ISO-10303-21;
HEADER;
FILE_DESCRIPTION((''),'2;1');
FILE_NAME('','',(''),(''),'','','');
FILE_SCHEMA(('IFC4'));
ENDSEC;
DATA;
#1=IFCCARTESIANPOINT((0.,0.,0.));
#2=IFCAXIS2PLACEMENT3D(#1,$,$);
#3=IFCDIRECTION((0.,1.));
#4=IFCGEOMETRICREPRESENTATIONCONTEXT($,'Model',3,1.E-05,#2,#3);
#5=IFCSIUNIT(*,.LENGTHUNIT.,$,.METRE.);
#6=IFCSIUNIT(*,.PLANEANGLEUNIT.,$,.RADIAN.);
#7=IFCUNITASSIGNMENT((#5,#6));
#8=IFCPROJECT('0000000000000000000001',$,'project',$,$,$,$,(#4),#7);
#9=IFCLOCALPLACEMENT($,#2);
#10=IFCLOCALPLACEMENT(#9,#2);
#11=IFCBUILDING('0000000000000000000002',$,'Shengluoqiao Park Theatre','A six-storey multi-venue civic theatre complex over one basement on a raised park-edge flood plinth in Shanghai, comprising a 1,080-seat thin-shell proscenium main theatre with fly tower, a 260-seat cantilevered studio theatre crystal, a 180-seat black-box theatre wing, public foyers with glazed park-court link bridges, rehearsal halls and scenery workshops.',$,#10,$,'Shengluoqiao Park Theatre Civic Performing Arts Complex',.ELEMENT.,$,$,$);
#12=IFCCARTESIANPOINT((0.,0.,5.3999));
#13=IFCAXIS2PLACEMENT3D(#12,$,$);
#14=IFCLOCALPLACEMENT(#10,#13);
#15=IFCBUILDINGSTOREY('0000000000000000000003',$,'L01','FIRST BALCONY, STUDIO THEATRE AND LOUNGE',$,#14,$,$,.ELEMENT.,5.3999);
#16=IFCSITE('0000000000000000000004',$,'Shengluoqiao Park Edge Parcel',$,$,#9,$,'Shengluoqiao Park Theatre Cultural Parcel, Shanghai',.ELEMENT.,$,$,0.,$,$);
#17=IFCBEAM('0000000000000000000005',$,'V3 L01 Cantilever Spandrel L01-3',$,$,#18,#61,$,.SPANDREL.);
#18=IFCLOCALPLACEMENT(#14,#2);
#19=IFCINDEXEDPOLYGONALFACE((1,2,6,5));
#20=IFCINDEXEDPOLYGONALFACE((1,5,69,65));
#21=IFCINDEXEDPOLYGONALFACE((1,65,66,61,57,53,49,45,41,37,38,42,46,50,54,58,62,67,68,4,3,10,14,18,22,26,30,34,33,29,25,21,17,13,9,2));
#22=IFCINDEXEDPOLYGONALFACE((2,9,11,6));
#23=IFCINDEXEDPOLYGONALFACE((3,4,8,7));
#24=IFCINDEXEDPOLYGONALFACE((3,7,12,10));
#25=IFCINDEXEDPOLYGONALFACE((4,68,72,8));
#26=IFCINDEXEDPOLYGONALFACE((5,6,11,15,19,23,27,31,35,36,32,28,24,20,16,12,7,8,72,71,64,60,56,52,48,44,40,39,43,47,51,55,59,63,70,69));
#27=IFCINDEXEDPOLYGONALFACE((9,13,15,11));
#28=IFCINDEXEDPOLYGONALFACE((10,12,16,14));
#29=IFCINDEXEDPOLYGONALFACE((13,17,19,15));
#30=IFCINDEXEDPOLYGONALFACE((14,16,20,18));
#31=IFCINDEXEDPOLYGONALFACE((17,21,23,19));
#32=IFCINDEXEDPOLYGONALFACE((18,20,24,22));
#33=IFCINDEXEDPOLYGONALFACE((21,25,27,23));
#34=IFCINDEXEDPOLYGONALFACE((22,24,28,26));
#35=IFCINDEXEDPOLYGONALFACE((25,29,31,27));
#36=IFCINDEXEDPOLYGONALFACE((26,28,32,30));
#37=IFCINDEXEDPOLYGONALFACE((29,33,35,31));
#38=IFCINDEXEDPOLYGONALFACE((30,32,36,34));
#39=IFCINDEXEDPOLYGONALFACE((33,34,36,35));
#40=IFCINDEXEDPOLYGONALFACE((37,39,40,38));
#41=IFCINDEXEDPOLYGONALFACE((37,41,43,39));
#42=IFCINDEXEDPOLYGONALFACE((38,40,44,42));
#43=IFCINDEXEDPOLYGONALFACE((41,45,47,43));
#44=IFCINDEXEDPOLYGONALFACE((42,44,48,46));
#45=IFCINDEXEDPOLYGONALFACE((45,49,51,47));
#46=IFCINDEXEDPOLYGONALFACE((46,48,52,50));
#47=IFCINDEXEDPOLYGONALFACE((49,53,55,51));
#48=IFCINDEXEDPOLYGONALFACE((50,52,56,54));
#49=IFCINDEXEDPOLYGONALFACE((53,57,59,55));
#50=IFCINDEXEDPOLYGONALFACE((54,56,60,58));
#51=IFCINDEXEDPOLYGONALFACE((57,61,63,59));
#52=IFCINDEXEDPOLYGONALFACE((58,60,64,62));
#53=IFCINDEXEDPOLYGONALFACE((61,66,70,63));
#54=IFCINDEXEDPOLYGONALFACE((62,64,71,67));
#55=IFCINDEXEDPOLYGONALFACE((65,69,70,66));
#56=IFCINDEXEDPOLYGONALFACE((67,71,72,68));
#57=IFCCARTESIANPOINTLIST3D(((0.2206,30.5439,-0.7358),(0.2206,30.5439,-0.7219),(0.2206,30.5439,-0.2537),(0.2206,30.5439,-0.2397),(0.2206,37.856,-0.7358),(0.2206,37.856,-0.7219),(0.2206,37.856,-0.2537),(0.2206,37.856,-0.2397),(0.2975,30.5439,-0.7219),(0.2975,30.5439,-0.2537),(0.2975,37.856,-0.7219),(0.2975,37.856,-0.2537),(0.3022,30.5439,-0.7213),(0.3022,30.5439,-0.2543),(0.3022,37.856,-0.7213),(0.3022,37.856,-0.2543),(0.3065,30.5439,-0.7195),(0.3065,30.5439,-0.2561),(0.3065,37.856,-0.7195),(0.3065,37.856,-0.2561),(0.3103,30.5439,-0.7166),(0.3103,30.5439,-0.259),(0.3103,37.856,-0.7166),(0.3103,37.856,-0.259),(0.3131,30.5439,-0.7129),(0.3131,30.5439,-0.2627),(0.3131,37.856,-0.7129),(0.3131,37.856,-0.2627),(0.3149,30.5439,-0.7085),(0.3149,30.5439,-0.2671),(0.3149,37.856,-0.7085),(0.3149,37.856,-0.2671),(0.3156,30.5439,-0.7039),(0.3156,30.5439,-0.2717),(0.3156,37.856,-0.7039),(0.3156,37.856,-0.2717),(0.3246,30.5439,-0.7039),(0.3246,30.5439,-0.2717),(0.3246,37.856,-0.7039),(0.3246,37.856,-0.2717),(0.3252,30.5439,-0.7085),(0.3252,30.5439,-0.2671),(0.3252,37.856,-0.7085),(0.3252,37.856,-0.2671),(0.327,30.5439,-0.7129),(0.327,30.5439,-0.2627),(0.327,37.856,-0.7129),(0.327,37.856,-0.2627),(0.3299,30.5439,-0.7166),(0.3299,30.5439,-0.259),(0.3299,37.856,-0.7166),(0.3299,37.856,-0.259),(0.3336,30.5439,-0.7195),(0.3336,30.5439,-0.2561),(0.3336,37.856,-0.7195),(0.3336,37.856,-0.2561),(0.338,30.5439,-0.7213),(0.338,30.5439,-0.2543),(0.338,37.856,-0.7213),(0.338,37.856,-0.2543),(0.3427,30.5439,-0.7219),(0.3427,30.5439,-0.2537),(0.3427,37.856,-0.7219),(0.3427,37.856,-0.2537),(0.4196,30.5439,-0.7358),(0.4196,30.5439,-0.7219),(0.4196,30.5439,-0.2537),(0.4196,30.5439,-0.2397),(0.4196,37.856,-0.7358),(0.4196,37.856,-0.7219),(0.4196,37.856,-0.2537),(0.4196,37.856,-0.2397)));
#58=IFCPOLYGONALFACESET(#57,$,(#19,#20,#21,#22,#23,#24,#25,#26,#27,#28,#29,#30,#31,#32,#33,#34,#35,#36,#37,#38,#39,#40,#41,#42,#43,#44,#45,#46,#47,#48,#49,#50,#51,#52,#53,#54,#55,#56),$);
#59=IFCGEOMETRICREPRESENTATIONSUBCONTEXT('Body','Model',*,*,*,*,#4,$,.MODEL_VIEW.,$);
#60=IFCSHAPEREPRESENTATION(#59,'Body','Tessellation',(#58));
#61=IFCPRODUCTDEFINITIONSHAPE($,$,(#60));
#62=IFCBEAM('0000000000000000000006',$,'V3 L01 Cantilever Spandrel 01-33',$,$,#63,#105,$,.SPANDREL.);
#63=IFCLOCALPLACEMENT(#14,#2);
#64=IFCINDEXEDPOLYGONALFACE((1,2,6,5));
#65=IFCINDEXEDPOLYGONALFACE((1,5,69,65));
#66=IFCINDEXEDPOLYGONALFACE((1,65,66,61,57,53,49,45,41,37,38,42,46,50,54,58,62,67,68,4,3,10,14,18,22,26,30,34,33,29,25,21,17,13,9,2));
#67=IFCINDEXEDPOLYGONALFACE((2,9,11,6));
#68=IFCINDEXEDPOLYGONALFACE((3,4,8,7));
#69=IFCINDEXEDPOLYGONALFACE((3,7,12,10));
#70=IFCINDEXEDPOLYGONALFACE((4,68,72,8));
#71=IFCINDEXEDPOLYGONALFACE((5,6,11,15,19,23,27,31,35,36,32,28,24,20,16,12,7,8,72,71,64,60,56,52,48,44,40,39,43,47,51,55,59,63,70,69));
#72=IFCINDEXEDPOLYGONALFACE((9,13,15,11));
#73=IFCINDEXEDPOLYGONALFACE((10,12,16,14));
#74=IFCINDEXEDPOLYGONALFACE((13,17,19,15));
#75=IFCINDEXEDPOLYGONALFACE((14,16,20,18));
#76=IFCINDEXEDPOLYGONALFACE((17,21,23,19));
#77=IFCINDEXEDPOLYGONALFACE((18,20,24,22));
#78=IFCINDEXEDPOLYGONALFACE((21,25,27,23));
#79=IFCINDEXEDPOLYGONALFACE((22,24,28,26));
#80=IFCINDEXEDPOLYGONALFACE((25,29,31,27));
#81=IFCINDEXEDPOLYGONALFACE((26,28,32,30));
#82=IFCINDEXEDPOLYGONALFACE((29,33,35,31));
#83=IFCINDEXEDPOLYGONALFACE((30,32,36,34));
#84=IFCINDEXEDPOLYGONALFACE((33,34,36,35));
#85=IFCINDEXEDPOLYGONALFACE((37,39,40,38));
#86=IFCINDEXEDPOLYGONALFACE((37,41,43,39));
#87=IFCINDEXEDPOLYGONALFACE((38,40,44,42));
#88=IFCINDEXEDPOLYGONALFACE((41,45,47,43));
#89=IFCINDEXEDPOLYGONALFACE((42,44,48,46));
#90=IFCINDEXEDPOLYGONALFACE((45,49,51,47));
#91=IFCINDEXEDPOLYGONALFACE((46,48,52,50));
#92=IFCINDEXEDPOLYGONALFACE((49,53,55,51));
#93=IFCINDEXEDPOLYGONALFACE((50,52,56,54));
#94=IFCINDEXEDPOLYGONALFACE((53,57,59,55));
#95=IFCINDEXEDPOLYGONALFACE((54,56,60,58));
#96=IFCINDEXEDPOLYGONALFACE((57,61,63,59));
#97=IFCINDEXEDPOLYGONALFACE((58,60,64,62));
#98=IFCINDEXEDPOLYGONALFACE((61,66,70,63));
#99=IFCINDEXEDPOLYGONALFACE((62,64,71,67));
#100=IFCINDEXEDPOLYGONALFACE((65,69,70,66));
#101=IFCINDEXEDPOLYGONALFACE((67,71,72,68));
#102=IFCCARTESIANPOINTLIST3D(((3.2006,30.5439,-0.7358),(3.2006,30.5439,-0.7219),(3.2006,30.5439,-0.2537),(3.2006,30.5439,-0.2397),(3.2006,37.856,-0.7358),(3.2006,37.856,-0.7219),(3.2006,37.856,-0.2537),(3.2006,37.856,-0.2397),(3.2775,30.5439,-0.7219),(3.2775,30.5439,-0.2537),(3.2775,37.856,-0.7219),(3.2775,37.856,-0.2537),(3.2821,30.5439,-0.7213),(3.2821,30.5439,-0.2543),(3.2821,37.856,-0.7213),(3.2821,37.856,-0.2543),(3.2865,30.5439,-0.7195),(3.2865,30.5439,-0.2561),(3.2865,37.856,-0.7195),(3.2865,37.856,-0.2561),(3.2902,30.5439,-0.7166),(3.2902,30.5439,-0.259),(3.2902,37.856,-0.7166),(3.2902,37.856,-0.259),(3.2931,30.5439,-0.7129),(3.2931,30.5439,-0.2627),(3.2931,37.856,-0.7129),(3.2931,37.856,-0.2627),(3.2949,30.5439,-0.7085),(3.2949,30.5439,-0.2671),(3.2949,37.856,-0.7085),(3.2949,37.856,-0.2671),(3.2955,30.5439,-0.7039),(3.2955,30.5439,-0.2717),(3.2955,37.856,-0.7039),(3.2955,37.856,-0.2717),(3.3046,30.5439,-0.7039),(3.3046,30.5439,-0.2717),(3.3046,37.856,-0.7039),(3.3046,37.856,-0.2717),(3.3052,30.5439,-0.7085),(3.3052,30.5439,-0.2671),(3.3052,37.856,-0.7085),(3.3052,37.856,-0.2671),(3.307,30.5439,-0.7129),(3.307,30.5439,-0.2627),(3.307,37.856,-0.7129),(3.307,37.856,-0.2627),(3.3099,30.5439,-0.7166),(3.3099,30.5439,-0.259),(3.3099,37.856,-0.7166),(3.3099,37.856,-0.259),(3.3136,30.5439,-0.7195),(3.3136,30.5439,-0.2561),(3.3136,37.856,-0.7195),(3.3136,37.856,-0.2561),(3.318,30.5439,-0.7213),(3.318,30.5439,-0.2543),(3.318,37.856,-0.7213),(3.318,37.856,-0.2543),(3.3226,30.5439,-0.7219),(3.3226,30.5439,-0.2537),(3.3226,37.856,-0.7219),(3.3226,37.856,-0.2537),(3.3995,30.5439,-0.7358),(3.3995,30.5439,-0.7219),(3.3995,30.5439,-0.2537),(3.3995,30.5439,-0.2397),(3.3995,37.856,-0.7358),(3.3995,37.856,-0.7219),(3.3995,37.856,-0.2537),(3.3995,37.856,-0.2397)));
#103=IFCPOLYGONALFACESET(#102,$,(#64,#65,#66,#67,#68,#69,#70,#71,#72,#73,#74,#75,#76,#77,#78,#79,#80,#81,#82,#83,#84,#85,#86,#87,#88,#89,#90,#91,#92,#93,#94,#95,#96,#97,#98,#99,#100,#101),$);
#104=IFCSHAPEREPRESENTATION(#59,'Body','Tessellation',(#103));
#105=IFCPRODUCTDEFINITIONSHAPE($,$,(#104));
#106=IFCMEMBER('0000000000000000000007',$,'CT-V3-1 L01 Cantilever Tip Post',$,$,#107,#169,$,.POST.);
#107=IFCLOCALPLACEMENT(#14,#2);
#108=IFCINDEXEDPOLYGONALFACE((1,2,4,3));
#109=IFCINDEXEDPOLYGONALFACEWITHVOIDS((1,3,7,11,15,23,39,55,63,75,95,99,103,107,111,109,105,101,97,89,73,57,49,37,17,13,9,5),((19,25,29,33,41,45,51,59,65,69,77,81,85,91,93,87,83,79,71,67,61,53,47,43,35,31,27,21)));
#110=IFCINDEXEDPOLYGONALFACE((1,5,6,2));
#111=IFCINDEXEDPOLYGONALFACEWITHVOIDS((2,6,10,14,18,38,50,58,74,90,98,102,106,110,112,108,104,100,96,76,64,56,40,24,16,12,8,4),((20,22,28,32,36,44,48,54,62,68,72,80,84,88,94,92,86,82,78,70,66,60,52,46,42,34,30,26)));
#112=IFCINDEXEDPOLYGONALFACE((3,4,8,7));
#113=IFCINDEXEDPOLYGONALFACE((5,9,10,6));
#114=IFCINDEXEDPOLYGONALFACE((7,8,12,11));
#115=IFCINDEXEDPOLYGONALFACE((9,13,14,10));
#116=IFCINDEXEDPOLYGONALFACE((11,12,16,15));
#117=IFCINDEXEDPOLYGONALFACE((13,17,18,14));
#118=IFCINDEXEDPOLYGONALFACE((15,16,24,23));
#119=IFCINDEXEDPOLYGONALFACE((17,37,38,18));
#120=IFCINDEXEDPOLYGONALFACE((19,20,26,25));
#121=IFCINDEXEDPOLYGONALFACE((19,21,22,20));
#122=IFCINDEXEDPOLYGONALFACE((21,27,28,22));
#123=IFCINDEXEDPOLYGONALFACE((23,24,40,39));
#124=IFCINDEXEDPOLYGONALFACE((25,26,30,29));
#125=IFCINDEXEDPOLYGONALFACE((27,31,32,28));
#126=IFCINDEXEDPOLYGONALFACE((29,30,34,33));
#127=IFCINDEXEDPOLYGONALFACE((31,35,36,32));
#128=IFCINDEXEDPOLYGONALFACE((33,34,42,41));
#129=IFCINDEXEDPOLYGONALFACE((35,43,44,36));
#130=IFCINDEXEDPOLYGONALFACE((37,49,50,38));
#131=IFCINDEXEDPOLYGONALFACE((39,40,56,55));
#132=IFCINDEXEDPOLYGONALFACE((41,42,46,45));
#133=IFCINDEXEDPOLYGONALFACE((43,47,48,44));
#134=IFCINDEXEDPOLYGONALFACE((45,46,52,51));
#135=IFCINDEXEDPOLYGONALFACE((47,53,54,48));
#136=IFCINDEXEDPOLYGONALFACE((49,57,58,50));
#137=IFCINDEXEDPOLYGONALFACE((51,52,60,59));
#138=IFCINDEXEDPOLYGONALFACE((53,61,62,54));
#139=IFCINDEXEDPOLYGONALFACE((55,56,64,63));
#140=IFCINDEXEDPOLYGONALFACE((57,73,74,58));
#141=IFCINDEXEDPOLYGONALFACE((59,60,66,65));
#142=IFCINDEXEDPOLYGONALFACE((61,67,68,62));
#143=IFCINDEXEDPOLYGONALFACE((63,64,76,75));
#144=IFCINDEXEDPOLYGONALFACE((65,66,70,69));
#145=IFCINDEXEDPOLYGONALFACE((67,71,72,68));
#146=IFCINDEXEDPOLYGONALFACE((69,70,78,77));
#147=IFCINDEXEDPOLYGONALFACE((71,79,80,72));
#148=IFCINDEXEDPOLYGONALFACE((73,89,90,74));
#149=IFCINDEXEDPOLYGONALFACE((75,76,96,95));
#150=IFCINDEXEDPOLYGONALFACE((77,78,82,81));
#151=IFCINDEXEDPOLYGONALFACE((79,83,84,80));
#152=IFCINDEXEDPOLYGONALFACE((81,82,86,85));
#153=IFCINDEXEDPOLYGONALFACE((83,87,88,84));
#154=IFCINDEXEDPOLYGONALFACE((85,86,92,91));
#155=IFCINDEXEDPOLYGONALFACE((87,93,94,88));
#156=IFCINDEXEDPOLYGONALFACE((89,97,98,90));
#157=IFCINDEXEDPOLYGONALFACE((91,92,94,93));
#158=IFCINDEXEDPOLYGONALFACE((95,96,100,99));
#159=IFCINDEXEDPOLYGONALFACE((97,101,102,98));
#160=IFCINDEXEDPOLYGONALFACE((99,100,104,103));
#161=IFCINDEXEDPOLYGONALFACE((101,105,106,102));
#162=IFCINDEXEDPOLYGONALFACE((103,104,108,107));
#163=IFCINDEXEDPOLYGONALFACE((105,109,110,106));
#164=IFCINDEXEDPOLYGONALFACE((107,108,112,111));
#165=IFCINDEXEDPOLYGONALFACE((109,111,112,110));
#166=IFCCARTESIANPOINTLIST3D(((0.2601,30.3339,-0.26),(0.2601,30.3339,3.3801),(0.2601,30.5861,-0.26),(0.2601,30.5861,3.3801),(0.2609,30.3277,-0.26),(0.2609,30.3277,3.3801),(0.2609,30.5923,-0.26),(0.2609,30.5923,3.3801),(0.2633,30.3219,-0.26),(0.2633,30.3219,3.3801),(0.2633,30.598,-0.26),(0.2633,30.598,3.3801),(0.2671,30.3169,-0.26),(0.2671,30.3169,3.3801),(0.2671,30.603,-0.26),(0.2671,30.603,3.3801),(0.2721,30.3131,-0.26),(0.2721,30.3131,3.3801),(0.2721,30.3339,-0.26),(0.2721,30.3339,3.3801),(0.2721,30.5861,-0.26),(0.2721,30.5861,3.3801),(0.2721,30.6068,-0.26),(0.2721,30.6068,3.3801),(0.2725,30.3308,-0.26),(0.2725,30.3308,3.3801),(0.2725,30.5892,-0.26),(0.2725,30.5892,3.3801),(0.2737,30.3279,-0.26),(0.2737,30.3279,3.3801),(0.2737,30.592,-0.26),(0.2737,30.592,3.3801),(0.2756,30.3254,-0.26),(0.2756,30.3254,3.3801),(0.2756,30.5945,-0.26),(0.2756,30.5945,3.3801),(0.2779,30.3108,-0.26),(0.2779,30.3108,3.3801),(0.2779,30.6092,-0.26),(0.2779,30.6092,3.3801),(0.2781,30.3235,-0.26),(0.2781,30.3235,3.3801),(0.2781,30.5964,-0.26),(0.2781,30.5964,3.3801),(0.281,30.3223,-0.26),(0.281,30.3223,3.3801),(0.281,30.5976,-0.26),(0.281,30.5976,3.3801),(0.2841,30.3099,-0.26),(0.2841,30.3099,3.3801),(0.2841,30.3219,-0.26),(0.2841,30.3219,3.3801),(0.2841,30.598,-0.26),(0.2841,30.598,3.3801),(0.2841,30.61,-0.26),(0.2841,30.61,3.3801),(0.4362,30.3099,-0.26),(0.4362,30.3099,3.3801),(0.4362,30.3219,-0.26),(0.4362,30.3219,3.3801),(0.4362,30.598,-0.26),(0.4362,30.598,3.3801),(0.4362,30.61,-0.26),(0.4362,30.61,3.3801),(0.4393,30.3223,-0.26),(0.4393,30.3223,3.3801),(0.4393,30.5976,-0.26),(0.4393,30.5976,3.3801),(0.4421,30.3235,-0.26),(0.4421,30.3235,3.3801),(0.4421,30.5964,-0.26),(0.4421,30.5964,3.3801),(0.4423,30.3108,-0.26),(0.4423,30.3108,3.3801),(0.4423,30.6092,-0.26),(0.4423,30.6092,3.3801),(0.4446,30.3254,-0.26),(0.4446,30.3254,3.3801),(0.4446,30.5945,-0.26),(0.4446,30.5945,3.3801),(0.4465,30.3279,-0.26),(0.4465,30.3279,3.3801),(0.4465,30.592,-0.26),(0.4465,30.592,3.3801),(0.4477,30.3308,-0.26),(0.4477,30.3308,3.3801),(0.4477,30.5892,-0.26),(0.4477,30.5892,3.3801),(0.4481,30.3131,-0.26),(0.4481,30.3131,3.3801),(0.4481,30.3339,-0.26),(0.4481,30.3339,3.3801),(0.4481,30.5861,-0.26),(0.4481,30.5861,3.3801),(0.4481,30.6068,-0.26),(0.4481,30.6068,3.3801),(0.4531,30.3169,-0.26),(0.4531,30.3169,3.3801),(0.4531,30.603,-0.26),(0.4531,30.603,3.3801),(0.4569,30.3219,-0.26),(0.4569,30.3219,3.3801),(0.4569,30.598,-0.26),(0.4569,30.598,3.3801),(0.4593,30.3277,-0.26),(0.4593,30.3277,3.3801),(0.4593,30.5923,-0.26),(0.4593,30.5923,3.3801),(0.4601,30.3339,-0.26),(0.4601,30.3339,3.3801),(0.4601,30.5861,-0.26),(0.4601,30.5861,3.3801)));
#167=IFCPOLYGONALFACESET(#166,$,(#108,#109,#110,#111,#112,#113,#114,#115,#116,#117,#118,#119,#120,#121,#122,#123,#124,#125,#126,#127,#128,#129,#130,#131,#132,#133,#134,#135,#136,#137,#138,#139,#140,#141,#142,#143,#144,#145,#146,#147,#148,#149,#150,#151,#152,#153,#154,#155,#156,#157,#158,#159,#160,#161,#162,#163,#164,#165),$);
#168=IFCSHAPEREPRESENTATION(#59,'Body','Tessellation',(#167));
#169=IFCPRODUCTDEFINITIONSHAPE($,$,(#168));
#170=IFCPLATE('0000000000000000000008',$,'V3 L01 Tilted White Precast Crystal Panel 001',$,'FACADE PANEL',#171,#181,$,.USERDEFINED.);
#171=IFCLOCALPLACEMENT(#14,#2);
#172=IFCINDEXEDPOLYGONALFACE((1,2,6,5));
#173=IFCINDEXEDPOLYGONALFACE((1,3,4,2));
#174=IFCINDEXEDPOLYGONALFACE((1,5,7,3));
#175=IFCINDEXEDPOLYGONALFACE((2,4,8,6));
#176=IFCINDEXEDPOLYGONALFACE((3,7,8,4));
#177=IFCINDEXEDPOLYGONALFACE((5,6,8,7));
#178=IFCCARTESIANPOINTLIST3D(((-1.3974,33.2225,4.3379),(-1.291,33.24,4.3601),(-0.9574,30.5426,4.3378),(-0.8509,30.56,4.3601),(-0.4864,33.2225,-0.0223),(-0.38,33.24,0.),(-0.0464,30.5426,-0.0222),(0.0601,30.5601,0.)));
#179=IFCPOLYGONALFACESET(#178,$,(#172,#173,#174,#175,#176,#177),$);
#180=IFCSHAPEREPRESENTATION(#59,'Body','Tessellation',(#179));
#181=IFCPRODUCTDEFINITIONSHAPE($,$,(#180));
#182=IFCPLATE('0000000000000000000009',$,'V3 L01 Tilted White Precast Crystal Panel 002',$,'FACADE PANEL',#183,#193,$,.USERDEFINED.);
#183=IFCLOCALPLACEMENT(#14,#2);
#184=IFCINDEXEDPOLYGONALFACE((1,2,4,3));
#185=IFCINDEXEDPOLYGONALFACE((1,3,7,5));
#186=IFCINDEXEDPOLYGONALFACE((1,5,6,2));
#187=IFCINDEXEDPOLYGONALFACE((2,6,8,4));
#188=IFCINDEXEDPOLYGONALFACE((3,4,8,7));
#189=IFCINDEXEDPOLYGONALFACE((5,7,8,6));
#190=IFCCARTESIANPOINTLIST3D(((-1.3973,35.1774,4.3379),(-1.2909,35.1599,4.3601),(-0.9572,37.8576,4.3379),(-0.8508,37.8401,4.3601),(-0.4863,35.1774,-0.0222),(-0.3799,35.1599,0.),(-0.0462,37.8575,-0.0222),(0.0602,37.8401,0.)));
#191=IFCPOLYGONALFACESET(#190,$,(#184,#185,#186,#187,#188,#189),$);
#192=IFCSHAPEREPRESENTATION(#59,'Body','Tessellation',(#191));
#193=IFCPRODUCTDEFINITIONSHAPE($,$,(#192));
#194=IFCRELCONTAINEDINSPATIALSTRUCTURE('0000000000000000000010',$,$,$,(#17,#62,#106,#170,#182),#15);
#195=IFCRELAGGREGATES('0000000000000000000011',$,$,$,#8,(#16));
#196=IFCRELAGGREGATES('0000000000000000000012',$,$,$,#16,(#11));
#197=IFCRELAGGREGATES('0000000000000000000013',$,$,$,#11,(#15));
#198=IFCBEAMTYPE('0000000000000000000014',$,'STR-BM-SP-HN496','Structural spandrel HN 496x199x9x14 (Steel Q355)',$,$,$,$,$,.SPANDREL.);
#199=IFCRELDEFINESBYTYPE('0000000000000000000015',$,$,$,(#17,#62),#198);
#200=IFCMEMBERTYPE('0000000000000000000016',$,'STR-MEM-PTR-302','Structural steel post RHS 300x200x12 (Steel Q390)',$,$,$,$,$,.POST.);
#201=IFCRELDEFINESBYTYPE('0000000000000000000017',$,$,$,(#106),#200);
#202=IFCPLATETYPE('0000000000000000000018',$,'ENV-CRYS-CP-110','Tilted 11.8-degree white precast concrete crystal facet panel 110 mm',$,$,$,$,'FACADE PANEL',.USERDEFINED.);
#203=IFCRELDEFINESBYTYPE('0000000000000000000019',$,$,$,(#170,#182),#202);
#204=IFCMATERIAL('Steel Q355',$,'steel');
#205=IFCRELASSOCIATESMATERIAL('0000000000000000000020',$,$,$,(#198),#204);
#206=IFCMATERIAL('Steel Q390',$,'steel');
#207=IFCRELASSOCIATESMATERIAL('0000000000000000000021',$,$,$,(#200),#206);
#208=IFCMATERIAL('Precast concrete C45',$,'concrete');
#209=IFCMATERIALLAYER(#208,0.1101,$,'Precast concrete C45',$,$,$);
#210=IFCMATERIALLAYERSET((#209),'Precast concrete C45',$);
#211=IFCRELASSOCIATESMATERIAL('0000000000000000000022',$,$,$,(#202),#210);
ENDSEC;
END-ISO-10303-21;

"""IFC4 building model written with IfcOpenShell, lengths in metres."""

from ifc_helpers import new_model, si_unit, direction, frame, origin, origin_2d, place, context, subcontext, project, spatial, polyline, hollow_rectangle, i_section, outline, extrude, material, layer, layer_set, material_profile, profile_set, type_object, element, save


model = new_model("IFC4")

# Units and contexts
model_context = context("Model", 3, precision=1e-05, world=origin(), true_north=direction((0.0, 1.0)))
body_context = subcontext(model_context, "Body", "Model", "MODEL_VIEW")
ifc_project = project(units=[si_unit("LENGTHUNIT", "METRE"), si_unit("PLANEANGLEUNIT", "RADIAN")], contexts=[model_context])

# Site, building, storey
site_placement = place(None, origin())
site = spatial("IfcSite", under=ifc_project, at=site_placement, Name="Shengluoqiao Park Edge Parcel", LongName="Shengluoqiao Park Theatre Cultural Parcel, Shanghai", CompositionType="ELEMENT", RefElevation=0.0)
building_placement = place(site_placement, origin())
building = spatial("IfcBuilding", under=site, at=building_placement, Name="Shengluoqiao Park Theatre", Description="A six-storey multi-venue civic theatre complex over one basement on a raised park-edge flood plinth in Shanghai, comprising a 1,080-seat thin-shell proscenium main theatre with fly tower, a 260-seat cantilevered studio theatre crystal, a 180-seat black-box theatre wing, public foyers with glazed park-court link bridges, rehearsal halls and scenery workshops.", LongName="Shengluoqiao Park Theatre Civic Performing Arts Complex", CompositionType="ELEMENT")
storey_placement = place(building_placement, frame((0.0, 0.0, 5.3999)))
storey = spatial("IfcBuildingStorey", under=building, at=storey_placement, Name="L01", Description="FIRST BALCONY, STUDIO THEATRE AND LOUNGE", CompositionType="ELEMENT", Elevation=5.3999)

# Beams
ifc_material_1 = material(Name="Steel Q355", Category="steel")
ifc_material_profile_1 = material_profile(ifc_material_1, i_section(OverallWidth=0.199, OverallDepth=0.4961, WebThickness=0.009, FlangeThickness=0.0139, FilletRadius=0.0181, at=origin_2d()), Name="HN 496x199x9x14")
ifc_profile_set_1 = profile_set([ifc_material_profile_1], Name="Steel Q355")
beam_type_1 = type_object("IfcBeamType", Name="STR-BM-SP-HN496", Description="Structural spandrel HN 496x199x9x14 (Steel Q355)", PredefinedType="SPANDREL", material=ifc_profile_set_1)
for number, where, z_axis, x_axis, name in (
    (1, (0.3201, 30.5439, -0.4878), (0.0, 1.0, 0.0), (-1.0, 0.0, 0.0), "V3 L01 Cantilever Spandrel L01-3"),
    (2, (3.3, 30.5439, -0.4878), (0.0, 1.0, 0.0), (-1.0, 0.0, 0.0), "V3 L01 Cantilever Spandrel 01-33"),
):
    element("IfcBeam", number, at=place(storey_placement, frame(where, z_axis=z_axis, x_axis=x_axis)), inside=storey, type_object=beam_type_1, Name=name, PredefinedType="SPANDREL", context=body_context, shape_type="SweptSolid", body=[
        extrude(i_section(OverallWidth=0.199, OverallDepth=0.4961, WebThickness=0.009, FlangeThickness=0.0139, FilletRadius=0.0181, at=origin_2d()), origin(), (0.0, 0.0, 1.0), 7.312),
    ])

# Member
ifc_material_2 = material(Name="Steel Q390", Category="steel")
ifc_material_profile_2 = material_profile(ifc_material_2, hollow_rectangle(XDim=0.2, YDim=0.3, WallThickness=0.012, InnerFilletRadius=0.012, OuterFilletRadius=0.0239, at=origin_2d()), Name="RHS 300x200x12")
ifc_profile_set_2 = profile_set([ifc_material_profile_2], Name="Steel Q390")
member_type_1 = type_object("IfcMemberType", Name="STR-MEM-PTR-302", Description="Structural steel post RHS 300x200x12 (Steel Q390)", PredefinedType="POST", material=ifc_profile_set_2)
member_1_placement = place(storey_placement, frame((0.3601, 30.46, -0.26), z_axis=(0.0, 0.0, 1.0), x_axis=(1.0, 0.0, 0.0)))
element("IfcMember", 3, at=member_1_placement, inside=storey, type_object=member_type_1, Name="CT-V3-1 L01 Cantilever Tip Post", PredefinedType="POST", context=body_context, shape_type="SweptSolid", body=[
    extrude(hollow_rectangle(XDim=0.2, YDim=0.3, WallThickness=0.012, InnerFilletRadius=0.012, OuterFilletRadius=0.0239, at=origin_2d()), origin(), (0.0, 0.0, 1.0), 3.6401),
])

# Plates
ifc_material_3 = material(Name="Precast concrete C45", Category="concrete")
ifc_layer_1 = layer(ifc_material_3, 0.1101, Name="Precast concrete C45")
ifc_layer_set_1 = layer_set([ifc_layer_1], Name="Precast concrete C45")
plate_type_1 = type_object("IfcPlateType", Name="ENV-CRYS-CP-110", Description="Tilted 11.8-degree white precast concrete crystal facet panel 110 mm", ElementType="FACADE PANEL", PredefinedType="USERDEFINED", material=ifc_layer_set_1)
plate_1_placement = place(storey_placement, frame((0.0601, 30.5601, 0.0), z_axis=(0.966456, 0.158699, 0.201934), x_axis=(-0.162035, 0.986785, -0.000009)))
element("IfcPlate", 4, at=plate_1_placement, inside=storey, type_object=plate_type_1, Name="V3 L01 Tilted White Precast Crystal Panel 001", ObjectType="FACADE PANEL", PredefinedType="USERDEFINED", context=body_context, shape_type="SweptSolid", body=[
    extrude(outline(polyline([(0.0, 0.0), (2.7158, 0.0), (2.8634, 4.4518), (0.1476, 4.4518), (0.0, 0.0)])), origin(), (0.0, 0.0, -1.0), 0.1101),
])
plate_2_placement = place(storey_placement, frame((-0.3799, 35.1599, 0.0), z_axis=(0.966458, -0.158685, 0.201934), x_axis=(0.162021, 0.986787, 0.000009)))
element("IfcPlate", 5, at=plate_2_placement, inside=storey, type_object=plate_type_1, Name="V3 L01 Tilted White Precast Crystal Panel 002", ObjectType="FACADE PANEL", PredefinedType="USERDEFINED", context=body_context, shape_type="SweptSolid", body=[
    extrude(outline(polyline([(0.0, 0.0), (2.716, 0.0), (2.5685, 4.4518), (-0.1476, 4.4518), (0.0, 0.0)])), origin(), (0.0, 0.0, -1.0), 0.1101),
])

save(model, "model.ifc")
